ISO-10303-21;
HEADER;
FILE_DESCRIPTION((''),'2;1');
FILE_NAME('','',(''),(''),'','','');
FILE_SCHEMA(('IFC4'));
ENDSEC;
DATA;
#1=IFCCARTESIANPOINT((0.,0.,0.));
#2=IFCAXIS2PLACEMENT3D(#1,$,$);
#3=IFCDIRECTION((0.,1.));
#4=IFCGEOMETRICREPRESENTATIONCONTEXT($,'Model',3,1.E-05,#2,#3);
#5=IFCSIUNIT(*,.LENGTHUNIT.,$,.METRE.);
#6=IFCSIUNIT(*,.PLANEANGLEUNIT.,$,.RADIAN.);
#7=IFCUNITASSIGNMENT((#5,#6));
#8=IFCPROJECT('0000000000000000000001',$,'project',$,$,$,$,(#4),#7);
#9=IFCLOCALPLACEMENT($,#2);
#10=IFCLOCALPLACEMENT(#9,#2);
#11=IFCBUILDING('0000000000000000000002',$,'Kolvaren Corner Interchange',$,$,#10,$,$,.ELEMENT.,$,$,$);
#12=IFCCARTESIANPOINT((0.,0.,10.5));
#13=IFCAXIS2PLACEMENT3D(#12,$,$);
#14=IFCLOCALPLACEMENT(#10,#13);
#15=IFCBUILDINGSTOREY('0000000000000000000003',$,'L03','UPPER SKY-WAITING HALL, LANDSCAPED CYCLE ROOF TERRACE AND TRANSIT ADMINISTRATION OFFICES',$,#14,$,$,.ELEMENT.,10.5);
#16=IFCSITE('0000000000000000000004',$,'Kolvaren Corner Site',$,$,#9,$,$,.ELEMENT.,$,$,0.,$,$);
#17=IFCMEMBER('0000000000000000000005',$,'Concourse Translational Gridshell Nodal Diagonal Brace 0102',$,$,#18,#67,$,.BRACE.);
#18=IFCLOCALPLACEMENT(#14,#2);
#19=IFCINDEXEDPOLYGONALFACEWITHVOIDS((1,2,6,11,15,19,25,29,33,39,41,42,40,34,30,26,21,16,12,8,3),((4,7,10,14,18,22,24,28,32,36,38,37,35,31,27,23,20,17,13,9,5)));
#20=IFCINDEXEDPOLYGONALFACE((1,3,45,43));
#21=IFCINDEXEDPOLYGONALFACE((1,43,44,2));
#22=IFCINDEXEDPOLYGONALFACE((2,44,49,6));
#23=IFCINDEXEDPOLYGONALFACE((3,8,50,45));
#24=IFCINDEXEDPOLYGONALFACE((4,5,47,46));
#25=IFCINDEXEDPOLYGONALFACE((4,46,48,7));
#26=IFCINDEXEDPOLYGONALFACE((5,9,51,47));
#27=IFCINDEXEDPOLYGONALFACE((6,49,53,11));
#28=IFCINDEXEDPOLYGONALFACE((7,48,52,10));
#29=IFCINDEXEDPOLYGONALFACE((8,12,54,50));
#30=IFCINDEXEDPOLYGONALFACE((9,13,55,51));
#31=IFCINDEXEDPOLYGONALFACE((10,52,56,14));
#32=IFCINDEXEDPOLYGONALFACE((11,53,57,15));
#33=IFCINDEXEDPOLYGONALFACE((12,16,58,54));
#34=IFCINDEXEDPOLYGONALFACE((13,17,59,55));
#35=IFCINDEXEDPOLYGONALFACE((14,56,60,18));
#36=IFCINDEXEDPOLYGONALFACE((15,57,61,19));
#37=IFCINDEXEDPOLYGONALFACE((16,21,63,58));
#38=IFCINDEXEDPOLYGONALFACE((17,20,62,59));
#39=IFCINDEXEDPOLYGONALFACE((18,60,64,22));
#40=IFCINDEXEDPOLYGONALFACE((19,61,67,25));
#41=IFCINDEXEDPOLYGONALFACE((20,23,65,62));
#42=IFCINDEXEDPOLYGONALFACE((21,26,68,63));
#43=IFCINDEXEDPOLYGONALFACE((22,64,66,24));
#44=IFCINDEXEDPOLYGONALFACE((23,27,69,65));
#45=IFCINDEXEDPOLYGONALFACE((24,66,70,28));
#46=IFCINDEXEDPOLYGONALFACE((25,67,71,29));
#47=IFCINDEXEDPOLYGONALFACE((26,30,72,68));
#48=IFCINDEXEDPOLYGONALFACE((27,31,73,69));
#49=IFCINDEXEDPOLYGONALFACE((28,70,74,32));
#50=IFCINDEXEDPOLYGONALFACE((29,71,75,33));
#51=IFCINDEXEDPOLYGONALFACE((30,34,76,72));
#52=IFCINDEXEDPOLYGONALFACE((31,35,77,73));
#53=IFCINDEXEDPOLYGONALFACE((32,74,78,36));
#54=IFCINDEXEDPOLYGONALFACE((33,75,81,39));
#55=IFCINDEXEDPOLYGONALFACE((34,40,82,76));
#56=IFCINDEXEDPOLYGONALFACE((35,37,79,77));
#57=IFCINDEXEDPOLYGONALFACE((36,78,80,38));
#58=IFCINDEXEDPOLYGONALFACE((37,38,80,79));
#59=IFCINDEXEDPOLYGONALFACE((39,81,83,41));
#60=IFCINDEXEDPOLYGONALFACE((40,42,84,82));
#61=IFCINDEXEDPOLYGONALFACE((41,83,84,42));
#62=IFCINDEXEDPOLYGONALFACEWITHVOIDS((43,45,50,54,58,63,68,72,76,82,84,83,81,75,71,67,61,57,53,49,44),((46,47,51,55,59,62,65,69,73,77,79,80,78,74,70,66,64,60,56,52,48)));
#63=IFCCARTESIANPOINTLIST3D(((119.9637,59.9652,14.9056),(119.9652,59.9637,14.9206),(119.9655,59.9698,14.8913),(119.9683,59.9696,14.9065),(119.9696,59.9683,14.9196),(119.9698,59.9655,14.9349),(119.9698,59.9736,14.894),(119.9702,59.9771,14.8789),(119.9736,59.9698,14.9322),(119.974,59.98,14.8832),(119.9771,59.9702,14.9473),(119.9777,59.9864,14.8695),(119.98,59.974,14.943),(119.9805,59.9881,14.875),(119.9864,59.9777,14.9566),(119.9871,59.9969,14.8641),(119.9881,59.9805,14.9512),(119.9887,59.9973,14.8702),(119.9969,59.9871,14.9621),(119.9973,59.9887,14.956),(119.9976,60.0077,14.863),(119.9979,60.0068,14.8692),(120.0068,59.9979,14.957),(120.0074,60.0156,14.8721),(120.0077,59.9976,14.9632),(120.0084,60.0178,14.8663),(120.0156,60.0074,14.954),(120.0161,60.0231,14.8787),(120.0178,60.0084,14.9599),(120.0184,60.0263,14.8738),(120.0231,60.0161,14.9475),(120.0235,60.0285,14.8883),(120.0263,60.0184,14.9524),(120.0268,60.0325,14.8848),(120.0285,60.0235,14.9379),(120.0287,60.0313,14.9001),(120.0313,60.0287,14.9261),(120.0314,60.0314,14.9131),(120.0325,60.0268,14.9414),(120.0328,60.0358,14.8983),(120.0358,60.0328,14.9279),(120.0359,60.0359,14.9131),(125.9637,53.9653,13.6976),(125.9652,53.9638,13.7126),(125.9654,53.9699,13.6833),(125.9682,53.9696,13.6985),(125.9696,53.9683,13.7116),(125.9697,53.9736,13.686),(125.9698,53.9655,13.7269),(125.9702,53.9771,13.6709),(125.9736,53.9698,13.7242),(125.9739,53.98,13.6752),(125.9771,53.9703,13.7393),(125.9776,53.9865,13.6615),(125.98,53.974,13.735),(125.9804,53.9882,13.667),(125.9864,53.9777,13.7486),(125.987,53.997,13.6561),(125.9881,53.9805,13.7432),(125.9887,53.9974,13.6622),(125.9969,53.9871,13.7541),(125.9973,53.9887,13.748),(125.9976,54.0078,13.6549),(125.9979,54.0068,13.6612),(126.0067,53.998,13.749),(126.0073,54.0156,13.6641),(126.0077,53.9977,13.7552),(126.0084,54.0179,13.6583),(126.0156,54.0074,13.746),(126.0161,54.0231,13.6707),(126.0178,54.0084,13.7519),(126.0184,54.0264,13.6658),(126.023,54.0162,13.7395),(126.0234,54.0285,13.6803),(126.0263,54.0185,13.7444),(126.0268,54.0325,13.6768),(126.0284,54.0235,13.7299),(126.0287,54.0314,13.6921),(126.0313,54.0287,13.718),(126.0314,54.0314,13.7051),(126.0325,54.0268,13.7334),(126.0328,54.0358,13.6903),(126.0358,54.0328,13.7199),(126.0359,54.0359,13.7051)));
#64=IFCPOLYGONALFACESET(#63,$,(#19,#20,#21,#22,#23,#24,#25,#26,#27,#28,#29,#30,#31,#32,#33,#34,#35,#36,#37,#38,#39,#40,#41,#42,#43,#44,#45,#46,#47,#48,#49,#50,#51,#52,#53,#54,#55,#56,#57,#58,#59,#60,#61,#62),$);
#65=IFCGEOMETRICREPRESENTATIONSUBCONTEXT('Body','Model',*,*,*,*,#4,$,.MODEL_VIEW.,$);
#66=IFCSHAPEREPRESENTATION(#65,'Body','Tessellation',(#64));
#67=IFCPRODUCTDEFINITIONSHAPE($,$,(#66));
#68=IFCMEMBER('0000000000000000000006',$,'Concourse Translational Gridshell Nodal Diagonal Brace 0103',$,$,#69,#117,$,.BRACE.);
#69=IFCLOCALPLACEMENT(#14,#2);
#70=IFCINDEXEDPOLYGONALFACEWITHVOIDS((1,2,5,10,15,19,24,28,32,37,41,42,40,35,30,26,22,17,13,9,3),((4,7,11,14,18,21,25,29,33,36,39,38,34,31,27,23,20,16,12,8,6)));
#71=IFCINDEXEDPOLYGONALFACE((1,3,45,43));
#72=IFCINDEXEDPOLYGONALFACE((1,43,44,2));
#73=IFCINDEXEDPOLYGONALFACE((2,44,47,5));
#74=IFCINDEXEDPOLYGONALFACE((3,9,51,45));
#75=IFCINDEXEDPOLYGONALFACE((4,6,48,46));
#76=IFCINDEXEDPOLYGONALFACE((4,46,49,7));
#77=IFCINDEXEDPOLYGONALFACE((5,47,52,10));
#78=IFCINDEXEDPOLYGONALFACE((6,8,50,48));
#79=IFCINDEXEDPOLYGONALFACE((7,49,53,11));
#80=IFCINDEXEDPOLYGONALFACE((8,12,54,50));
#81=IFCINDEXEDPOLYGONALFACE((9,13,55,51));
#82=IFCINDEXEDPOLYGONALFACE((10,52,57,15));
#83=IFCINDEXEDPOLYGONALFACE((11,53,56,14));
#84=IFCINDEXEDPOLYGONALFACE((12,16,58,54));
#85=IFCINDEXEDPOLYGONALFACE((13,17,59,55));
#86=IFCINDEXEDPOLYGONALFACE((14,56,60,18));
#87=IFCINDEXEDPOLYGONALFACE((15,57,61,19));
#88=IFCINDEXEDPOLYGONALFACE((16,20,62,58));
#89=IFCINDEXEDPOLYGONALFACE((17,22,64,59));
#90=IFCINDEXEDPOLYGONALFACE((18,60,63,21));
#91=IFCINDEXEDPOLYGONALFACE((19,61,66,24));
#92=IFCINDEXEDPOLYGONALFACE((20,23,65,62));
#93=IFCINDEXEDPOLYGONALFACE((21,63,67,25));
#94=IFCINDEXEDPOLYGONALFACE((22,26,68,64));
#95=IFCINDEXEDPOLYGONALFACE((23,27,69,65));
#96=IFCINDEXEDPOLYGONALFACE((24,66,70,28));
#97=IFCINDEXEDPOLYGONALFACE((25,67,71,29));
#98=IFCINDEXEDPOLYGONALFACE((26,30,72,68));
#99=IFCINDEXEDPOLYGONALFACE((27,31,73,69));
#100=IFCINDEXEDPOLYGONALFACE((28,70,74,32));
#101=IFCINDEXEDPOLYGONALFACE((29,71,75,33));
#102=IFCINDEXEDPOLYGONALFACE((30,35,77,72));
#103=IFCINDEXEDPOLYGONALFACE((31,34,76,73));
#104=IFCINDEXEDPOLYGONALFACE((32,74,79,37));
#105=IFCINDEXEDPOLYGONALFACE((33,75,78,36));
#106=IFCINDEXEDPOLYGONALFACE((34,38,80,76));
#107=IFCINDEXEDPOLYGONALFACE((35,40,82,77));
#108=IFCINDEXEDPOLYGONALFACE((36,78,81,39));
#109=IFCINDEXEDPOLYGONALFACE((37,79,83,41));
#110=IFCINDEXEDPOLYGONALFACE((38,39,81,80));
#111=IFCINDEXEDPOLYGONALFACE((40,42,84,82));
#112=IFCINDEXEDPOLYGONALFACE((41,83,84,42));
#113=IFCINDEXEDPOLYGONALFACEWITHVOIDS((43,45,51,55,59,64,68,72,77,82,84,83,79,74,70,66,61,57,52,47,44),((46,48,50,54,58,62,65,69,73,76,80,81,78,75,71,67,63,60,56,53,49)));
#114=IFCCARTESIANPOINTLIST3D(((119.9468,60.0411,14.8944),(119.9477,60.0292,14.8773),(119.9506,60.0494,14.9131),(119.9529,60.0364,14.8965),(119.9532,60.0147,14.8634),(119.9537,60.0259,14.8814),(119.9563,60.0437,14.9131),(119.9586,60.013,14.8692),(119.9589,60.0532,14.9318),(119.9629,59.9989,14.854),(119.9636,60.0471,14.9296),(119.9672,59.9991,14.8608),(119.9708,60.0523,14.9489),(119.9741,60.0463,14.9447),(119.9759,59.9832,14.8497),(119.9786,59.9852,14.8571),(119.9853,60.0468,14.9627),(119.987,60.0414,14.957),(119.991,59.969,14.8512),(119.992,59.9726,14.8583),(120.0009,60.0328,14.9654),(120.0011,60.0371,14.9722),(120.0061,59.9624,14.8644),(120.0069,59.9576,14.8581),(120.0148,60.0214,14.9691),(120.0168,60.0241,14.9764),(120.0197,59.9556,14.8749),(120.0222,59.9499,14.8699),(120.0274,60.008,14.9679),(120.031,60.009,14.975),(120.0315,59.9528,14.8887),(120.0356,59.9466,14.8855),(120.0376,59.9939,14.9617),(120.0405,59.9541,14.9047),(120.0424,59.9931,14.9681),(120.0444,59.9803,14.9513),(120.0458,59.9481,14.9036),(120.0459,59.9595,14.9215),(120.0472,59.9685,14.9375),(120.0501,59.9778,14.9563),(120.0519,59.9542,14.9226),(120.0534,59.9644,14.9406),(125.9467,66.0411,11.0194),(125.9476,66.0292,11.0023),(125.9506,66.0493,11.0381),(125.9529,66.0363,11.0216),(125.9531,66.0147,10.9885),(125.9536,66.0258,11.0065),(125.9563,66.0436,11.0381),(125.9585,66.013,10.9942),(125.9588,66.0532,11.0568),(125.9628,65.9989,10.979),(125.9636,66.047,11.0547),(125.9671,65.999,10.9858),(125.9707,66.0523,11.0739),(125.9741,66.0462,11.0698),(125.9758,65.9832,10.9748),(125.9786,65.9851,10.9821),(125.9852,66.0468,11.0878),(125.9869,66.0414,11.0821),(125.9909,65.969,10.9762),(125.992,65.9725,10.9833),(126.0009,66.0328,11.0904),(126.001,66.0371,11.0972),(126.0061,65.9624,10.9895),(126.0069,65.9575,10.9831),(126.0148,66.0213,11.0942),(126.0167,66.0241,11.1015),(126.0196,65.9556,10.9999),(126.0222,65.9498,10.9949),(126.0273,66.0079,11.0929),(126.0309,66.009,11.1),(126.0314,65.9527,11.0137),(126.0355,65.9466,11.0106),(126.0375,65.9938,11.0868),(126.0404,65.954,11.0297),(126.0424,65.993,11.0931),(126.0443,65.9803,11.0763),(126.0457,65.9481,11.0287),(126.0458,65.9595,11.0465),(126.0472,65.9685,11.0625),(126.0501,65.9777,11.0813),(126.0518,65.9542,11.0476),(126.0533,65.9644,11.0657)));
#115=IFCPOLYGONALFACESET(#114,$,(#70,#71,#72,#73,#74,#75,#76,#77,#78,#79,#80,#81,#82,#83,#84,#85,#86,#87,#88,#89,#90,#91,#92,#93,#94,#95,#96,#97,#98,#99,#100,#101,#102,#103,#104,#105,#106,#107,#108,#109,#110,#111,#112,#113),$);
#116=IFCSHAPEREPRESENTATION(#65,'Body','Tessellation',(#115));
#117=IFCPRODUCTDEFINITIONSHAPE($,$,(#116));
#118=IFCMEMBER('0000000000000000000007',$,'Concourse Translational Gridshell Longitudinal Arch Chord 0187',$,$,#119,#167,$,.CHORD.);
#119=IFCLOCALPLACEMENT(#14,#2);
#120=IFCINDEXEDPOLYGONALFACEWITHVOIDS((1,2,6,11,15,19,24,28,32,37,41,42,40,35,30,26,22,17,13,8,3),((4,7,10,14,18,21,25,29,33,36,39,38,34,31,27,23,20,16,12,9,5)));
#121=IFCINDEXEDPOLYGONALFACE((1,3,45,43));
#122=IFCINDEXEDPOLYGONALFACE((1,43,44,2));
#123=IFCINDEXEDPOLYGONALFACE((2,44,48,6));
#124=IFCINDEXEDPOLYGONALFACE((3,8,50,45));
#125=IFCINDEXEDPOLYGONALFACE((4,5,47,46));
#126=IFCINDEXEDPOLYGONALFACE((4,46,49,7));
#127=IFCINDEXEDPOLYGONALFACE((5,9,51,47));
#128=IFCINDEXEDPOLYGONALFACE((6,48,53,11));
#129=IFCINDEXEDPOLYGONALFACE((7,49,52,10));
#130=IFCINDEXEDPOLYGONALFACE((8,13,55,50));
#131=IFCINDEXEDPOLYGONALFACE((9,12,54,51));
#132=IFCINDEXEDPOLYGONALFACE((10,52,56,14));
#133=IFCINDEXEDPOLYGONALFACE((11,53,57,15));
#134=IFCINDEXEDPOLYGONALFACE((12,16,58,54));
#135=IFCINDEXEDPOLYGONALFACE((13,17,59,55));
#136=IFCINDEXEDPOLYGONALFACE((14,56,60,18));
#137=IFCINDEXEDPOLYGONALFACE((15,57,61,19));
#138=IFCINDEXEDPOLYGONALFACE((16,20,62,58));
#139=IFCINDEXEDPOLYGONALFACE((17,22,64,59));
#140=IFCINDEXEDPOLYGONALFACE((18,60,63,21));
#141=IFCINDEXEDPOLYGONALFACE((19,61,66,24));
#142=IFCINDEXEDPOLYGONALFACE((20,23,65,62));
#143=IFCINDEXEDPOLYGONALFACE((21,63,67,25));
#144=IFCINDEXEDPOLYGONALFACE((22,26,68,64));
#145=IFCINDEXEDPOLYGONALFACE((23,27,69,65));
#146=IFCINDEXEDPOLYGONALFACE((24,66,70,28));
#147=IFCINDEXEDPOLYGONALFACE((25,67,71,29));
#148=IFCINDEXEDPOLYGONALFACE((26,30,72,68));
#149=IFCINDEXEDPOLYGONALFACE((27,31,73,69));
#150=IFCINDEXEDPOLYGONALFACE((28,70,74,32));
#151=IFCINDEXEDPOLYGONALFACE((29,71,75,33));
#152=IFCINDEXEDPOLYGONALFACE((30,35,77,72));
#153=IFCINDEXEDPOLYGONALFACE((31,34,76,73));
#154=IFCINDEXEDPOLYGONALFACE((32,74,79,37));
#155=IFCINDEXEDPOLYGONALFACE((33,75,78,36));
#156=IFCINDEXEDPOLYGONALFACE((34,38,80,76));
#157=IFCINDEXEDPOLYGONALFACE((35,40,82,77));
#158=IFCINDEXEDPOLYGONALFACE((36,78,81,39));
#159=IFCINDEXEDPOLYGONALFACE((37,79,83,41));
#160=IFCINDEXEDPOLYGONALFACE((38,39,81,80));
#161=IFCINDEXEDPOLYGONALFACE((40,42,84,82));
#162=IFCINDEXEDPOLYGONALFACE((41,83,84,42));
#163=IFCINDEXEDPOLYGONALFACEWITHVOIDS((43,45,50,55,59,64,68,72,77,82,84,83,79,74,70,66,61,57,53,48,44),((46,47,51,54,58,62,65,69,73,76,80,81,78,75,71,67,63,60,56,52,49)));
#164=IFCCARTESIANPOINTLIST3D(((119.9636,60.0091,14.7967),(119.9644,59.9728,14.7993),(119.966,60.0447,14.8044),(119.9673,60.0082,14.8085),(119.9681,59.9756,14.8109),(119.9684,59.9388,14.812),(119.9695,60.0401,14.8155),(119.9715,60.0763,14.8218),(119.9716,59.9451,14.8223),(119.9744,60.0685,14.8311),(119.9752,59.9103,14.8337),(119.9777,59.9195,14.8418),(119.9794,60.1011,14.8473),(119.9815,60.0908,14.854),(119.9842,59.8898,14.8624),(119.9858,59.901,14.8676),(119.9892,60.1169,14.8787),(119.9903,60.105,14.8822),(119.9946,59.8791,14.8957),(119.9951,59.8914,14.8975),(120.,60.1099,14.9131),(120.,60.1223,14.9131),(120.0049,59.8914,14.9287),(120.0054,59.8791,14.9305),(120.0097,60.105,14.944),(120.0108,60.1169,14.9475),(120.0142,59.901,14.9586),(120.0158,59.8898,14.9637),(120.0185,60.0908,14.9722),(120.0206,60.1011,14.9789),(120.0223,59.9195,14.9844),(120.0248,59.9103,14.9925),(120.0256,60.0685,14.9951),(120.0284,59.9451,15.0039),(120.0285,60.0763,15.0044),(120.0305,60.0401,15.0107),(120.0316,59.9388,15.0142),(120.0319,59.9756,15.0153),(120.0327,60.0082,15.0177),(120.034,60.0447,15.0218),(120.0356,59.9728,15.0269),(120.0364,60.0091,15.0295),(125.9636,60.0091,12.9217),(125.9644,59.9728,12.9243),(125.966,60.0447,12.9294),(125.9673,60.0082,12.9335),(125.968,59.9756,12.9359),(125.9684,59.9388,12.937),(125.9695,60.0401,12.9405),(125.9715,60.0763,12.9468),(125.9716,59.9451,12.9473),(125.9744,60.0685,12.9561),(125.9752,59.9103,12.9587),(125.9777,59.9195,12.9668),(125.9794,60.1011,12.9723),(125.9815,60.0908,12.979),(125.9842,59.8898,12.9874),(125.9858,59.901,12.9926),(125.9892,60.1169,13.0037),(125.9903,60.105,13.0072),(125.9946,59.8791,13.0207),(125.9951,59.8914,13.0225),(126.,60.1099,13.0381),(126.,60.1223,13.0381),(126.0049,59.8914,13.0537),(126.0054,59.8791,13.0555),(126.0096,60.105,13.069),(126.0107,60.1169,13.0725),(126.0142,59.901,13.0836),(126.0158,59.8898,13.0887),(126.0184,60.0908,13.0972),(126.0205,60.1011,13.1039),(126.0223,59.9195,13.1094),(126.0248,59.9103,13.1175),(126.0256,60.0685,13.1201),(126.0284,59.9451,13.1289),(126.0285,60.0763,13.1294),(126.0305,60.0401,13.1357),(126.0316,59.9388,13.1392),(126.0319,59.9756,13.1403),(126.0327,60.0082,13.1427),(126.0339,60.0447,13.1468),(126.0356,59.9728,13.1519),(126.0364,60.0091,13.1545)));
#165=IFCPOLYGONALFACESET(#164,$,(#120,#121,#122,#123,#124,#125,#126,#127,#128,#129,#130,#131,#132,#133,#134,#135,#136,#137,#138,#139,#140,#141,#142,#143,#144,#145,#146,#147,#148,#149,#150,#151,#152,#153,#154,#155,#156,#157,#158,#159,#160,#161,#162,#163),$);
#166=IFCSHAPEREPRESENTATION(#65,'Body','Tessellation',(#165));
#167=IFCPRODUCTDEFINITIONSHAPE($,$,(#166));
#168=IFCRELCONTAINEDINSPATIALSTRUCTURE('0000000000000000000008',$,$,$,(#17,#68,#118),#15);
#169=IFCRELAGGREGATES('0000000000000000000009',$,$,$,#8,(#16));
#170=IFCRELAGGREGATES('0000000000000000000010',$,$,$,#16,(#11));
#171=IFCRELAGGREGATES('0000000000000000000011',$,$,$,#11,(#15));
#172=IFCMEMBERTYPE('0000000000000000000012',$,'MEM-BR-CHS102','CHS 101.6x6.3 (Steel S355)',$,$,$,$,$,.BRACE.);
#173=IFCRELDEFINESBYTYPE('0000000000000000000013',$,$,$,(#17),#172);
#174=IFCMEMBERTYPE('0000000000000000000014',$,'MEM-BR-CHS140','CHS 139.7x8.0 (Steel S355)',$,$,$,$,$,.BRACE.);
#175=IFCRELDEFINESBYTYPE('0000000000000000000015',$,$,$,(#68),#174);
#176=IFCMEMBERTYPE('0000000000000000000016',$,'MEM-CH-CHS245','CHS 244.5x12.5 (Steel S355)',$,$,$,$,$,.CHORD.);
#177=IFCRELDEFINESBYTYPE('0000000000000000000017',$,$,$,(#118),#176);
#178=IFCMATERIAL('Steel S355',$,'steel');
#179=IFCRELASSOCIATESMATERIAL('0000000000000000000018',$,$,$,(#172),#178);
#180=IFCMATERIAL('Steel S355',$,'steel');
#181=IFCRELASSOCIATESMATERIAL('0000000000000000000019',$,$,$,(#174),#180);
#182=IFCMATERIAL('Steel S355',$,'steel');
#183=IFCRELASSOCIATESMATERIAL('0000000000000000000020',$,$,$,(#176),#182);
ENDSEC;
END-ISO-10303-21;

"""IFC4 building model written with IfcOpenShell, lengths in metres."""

from ifc_helpers import new_model, si_unit, direction, frame, origin, origin_2d, place, context, subcontext, project, spatial, hollow_circle, extrude, material, material_profile, profile_set, type_object, element, save


model = new_model("IFC4")

# Units and contexts
model_context = context("Model", 3, precision=1e-05, world=origin(), true_north=direction((0.0, 1.0)))
body_context = subcontext(model_context, "Body", "Model", "MODEL_VIEW")
ifc_project = project(units=[si_unit("LENGTHUNIT", "METRE"), si_unit("PLANEANGLEUNIT", "RADIAN")], contexts=[model_context])

# Site, building, storey
site_placement = place(None, origin())
site = spatial("IfcSite", under=ifc_project, at=site_placement, Name="Kolvaren Corner Site", CompositionType="ELEMENT", RefElevation=0.0)
building_placement = place(site_placement, origin())
building = spatial("IfcBuilding", under=site, at=building_placement, Name="Kolvaren Corner Interchange", CompositionType="ELEMENT")
storey_placement = place(building_placement, frame((0.0, 0.0, 10.5)))
storey = spatial("IfcBuildingStorey", under=building, at=storey_placement, Name="L03", Description="UPPER SKY-WAITING HALL, LANDSCAPED CYCLE ROOF TERRACE AND TRANSIT ADMINISTRATION OFFICES", CompositionType="ELEMENT", Elevation=10.5)

# Members
ifc_material_1 = material(Name="Steel S355", Category="steel")
ifc_material_profile_1 = material_profile(ifc_material_1, hollow_circle(Radius=0.0508, WallThickness=0.0063, at=origin_2d()), Name="CHS 101.6x6.3")
ifc_profile_set_1 = profile_set([ifc_material_profile_1], Name="Steel S355")
member_type_1 = type_object("IfcMemberType", Name="MEM-BR-CHS102", Description="CHS 101.6x6.3 (Steel S355)", PredefinedType="BRACE", material=ifc_profile_set_1)
member_1_placement = place(storey_placement, frame((120.0, 60.0, 14.9131), z_axis=(0.700048, -0.700048, -0.140944), x_axis=(0.707107, 0.707107, 0.0)))
element("IfcMember", 1, at=member_1_placement, inside=storey, type_object=member_type_1, Name="Concourse Translational Gridshell Nodal Diagonal Brace 0102", PredefinedType="BRACE", context=body_context, shape_type="SweptSolid", body=[
    extrude(hollow_circle(Radius=0.0508, WallThickness=0.0063, at=origin_2d()), origin(), (0.0, 0.0, 1.0), 8.5708),
])
ifc_material_2 = material(Name="Steel S355", Category="steel")
ifc_material_profile_2 = material_profile(ifc_material_2, hollow_circle(Radius=0.0698, WallThickness=0.0081, at=origin_2d()), Name="CHS 139.7x8.0")
ifc_profile_set_2 = profile_set([ifc_material_profile_2], Name="Steel S355")
member_type_2 = type_object("IfcMemberType", Name="MEM-BR-CHS140", Description="CHS 139.7x8.0 (Steel S355)", PredefinedType="BRACE", material=ifc_profile_set_2)
member_2_placement = place(storey_placement, frame((120.0, 60.0, 14.9131), z_axis=(0.64321, 0.64321, -0.415406), x_axis=(-0.707107, 0.707107, 0.0)))
element("IfcMember", 2, at=member_2_placement, inside=storey, type_object=member_type_2, Name="Concourse Translational Gridshell Nodal Diagonal Brace 0103", PredefinedType="BRACE", context=body_context, shape_type="SweptSolid", body=[
    extrude(hollow_circle(Radius=0.0698, WallThickness=0.0081, at=origin_2d()), origin(), (0.0, 0.0, 1.0), 9.3281),
])
ifc_material_3 = material(Name="Steel S355", Category="steel")
ifc_material_profile_3 = material_profile(ifc_material_3, hollow_circle(Radius=0.1223, WallThickness=0.0125, at=origin_2d()), Name="CHS 244.5x12.5")
ifc_profile_set_3 = profile_set([ifc_material_profile_3], Name="Steel S355")
member_type_3 = type_object("IfcMemberType", Name="MEM-CH-CHS245", Description="CHS 244.5x12.5 (Steel S355)", PredefinedType="CHORD", material=ifc_profile_set_3)
member_3_placement = place(storey_placement, frame((120.0, 60.0, 14.9131), z_axis=(0.95448, 0.0, -0.298275), x_axis=(0.0, 1.0, 0.0)))
element("IfcMember", 3, at=member_3_placement, inside=storey, type_object=member_type_3, Name="Concourse Translational Gridshell Longitudinal Arch Chord 0187", PredefinedType="CHORD", context=body_context, shape_type="SweptSolid", body=[
    extrude(hollow_circle(Radius=0.1223, WallThickness=0.0125, at=origin_2d()), origin(), (0.0, 0.0, 1.0), 6.2861),
])

save(model, "model.ifc")
